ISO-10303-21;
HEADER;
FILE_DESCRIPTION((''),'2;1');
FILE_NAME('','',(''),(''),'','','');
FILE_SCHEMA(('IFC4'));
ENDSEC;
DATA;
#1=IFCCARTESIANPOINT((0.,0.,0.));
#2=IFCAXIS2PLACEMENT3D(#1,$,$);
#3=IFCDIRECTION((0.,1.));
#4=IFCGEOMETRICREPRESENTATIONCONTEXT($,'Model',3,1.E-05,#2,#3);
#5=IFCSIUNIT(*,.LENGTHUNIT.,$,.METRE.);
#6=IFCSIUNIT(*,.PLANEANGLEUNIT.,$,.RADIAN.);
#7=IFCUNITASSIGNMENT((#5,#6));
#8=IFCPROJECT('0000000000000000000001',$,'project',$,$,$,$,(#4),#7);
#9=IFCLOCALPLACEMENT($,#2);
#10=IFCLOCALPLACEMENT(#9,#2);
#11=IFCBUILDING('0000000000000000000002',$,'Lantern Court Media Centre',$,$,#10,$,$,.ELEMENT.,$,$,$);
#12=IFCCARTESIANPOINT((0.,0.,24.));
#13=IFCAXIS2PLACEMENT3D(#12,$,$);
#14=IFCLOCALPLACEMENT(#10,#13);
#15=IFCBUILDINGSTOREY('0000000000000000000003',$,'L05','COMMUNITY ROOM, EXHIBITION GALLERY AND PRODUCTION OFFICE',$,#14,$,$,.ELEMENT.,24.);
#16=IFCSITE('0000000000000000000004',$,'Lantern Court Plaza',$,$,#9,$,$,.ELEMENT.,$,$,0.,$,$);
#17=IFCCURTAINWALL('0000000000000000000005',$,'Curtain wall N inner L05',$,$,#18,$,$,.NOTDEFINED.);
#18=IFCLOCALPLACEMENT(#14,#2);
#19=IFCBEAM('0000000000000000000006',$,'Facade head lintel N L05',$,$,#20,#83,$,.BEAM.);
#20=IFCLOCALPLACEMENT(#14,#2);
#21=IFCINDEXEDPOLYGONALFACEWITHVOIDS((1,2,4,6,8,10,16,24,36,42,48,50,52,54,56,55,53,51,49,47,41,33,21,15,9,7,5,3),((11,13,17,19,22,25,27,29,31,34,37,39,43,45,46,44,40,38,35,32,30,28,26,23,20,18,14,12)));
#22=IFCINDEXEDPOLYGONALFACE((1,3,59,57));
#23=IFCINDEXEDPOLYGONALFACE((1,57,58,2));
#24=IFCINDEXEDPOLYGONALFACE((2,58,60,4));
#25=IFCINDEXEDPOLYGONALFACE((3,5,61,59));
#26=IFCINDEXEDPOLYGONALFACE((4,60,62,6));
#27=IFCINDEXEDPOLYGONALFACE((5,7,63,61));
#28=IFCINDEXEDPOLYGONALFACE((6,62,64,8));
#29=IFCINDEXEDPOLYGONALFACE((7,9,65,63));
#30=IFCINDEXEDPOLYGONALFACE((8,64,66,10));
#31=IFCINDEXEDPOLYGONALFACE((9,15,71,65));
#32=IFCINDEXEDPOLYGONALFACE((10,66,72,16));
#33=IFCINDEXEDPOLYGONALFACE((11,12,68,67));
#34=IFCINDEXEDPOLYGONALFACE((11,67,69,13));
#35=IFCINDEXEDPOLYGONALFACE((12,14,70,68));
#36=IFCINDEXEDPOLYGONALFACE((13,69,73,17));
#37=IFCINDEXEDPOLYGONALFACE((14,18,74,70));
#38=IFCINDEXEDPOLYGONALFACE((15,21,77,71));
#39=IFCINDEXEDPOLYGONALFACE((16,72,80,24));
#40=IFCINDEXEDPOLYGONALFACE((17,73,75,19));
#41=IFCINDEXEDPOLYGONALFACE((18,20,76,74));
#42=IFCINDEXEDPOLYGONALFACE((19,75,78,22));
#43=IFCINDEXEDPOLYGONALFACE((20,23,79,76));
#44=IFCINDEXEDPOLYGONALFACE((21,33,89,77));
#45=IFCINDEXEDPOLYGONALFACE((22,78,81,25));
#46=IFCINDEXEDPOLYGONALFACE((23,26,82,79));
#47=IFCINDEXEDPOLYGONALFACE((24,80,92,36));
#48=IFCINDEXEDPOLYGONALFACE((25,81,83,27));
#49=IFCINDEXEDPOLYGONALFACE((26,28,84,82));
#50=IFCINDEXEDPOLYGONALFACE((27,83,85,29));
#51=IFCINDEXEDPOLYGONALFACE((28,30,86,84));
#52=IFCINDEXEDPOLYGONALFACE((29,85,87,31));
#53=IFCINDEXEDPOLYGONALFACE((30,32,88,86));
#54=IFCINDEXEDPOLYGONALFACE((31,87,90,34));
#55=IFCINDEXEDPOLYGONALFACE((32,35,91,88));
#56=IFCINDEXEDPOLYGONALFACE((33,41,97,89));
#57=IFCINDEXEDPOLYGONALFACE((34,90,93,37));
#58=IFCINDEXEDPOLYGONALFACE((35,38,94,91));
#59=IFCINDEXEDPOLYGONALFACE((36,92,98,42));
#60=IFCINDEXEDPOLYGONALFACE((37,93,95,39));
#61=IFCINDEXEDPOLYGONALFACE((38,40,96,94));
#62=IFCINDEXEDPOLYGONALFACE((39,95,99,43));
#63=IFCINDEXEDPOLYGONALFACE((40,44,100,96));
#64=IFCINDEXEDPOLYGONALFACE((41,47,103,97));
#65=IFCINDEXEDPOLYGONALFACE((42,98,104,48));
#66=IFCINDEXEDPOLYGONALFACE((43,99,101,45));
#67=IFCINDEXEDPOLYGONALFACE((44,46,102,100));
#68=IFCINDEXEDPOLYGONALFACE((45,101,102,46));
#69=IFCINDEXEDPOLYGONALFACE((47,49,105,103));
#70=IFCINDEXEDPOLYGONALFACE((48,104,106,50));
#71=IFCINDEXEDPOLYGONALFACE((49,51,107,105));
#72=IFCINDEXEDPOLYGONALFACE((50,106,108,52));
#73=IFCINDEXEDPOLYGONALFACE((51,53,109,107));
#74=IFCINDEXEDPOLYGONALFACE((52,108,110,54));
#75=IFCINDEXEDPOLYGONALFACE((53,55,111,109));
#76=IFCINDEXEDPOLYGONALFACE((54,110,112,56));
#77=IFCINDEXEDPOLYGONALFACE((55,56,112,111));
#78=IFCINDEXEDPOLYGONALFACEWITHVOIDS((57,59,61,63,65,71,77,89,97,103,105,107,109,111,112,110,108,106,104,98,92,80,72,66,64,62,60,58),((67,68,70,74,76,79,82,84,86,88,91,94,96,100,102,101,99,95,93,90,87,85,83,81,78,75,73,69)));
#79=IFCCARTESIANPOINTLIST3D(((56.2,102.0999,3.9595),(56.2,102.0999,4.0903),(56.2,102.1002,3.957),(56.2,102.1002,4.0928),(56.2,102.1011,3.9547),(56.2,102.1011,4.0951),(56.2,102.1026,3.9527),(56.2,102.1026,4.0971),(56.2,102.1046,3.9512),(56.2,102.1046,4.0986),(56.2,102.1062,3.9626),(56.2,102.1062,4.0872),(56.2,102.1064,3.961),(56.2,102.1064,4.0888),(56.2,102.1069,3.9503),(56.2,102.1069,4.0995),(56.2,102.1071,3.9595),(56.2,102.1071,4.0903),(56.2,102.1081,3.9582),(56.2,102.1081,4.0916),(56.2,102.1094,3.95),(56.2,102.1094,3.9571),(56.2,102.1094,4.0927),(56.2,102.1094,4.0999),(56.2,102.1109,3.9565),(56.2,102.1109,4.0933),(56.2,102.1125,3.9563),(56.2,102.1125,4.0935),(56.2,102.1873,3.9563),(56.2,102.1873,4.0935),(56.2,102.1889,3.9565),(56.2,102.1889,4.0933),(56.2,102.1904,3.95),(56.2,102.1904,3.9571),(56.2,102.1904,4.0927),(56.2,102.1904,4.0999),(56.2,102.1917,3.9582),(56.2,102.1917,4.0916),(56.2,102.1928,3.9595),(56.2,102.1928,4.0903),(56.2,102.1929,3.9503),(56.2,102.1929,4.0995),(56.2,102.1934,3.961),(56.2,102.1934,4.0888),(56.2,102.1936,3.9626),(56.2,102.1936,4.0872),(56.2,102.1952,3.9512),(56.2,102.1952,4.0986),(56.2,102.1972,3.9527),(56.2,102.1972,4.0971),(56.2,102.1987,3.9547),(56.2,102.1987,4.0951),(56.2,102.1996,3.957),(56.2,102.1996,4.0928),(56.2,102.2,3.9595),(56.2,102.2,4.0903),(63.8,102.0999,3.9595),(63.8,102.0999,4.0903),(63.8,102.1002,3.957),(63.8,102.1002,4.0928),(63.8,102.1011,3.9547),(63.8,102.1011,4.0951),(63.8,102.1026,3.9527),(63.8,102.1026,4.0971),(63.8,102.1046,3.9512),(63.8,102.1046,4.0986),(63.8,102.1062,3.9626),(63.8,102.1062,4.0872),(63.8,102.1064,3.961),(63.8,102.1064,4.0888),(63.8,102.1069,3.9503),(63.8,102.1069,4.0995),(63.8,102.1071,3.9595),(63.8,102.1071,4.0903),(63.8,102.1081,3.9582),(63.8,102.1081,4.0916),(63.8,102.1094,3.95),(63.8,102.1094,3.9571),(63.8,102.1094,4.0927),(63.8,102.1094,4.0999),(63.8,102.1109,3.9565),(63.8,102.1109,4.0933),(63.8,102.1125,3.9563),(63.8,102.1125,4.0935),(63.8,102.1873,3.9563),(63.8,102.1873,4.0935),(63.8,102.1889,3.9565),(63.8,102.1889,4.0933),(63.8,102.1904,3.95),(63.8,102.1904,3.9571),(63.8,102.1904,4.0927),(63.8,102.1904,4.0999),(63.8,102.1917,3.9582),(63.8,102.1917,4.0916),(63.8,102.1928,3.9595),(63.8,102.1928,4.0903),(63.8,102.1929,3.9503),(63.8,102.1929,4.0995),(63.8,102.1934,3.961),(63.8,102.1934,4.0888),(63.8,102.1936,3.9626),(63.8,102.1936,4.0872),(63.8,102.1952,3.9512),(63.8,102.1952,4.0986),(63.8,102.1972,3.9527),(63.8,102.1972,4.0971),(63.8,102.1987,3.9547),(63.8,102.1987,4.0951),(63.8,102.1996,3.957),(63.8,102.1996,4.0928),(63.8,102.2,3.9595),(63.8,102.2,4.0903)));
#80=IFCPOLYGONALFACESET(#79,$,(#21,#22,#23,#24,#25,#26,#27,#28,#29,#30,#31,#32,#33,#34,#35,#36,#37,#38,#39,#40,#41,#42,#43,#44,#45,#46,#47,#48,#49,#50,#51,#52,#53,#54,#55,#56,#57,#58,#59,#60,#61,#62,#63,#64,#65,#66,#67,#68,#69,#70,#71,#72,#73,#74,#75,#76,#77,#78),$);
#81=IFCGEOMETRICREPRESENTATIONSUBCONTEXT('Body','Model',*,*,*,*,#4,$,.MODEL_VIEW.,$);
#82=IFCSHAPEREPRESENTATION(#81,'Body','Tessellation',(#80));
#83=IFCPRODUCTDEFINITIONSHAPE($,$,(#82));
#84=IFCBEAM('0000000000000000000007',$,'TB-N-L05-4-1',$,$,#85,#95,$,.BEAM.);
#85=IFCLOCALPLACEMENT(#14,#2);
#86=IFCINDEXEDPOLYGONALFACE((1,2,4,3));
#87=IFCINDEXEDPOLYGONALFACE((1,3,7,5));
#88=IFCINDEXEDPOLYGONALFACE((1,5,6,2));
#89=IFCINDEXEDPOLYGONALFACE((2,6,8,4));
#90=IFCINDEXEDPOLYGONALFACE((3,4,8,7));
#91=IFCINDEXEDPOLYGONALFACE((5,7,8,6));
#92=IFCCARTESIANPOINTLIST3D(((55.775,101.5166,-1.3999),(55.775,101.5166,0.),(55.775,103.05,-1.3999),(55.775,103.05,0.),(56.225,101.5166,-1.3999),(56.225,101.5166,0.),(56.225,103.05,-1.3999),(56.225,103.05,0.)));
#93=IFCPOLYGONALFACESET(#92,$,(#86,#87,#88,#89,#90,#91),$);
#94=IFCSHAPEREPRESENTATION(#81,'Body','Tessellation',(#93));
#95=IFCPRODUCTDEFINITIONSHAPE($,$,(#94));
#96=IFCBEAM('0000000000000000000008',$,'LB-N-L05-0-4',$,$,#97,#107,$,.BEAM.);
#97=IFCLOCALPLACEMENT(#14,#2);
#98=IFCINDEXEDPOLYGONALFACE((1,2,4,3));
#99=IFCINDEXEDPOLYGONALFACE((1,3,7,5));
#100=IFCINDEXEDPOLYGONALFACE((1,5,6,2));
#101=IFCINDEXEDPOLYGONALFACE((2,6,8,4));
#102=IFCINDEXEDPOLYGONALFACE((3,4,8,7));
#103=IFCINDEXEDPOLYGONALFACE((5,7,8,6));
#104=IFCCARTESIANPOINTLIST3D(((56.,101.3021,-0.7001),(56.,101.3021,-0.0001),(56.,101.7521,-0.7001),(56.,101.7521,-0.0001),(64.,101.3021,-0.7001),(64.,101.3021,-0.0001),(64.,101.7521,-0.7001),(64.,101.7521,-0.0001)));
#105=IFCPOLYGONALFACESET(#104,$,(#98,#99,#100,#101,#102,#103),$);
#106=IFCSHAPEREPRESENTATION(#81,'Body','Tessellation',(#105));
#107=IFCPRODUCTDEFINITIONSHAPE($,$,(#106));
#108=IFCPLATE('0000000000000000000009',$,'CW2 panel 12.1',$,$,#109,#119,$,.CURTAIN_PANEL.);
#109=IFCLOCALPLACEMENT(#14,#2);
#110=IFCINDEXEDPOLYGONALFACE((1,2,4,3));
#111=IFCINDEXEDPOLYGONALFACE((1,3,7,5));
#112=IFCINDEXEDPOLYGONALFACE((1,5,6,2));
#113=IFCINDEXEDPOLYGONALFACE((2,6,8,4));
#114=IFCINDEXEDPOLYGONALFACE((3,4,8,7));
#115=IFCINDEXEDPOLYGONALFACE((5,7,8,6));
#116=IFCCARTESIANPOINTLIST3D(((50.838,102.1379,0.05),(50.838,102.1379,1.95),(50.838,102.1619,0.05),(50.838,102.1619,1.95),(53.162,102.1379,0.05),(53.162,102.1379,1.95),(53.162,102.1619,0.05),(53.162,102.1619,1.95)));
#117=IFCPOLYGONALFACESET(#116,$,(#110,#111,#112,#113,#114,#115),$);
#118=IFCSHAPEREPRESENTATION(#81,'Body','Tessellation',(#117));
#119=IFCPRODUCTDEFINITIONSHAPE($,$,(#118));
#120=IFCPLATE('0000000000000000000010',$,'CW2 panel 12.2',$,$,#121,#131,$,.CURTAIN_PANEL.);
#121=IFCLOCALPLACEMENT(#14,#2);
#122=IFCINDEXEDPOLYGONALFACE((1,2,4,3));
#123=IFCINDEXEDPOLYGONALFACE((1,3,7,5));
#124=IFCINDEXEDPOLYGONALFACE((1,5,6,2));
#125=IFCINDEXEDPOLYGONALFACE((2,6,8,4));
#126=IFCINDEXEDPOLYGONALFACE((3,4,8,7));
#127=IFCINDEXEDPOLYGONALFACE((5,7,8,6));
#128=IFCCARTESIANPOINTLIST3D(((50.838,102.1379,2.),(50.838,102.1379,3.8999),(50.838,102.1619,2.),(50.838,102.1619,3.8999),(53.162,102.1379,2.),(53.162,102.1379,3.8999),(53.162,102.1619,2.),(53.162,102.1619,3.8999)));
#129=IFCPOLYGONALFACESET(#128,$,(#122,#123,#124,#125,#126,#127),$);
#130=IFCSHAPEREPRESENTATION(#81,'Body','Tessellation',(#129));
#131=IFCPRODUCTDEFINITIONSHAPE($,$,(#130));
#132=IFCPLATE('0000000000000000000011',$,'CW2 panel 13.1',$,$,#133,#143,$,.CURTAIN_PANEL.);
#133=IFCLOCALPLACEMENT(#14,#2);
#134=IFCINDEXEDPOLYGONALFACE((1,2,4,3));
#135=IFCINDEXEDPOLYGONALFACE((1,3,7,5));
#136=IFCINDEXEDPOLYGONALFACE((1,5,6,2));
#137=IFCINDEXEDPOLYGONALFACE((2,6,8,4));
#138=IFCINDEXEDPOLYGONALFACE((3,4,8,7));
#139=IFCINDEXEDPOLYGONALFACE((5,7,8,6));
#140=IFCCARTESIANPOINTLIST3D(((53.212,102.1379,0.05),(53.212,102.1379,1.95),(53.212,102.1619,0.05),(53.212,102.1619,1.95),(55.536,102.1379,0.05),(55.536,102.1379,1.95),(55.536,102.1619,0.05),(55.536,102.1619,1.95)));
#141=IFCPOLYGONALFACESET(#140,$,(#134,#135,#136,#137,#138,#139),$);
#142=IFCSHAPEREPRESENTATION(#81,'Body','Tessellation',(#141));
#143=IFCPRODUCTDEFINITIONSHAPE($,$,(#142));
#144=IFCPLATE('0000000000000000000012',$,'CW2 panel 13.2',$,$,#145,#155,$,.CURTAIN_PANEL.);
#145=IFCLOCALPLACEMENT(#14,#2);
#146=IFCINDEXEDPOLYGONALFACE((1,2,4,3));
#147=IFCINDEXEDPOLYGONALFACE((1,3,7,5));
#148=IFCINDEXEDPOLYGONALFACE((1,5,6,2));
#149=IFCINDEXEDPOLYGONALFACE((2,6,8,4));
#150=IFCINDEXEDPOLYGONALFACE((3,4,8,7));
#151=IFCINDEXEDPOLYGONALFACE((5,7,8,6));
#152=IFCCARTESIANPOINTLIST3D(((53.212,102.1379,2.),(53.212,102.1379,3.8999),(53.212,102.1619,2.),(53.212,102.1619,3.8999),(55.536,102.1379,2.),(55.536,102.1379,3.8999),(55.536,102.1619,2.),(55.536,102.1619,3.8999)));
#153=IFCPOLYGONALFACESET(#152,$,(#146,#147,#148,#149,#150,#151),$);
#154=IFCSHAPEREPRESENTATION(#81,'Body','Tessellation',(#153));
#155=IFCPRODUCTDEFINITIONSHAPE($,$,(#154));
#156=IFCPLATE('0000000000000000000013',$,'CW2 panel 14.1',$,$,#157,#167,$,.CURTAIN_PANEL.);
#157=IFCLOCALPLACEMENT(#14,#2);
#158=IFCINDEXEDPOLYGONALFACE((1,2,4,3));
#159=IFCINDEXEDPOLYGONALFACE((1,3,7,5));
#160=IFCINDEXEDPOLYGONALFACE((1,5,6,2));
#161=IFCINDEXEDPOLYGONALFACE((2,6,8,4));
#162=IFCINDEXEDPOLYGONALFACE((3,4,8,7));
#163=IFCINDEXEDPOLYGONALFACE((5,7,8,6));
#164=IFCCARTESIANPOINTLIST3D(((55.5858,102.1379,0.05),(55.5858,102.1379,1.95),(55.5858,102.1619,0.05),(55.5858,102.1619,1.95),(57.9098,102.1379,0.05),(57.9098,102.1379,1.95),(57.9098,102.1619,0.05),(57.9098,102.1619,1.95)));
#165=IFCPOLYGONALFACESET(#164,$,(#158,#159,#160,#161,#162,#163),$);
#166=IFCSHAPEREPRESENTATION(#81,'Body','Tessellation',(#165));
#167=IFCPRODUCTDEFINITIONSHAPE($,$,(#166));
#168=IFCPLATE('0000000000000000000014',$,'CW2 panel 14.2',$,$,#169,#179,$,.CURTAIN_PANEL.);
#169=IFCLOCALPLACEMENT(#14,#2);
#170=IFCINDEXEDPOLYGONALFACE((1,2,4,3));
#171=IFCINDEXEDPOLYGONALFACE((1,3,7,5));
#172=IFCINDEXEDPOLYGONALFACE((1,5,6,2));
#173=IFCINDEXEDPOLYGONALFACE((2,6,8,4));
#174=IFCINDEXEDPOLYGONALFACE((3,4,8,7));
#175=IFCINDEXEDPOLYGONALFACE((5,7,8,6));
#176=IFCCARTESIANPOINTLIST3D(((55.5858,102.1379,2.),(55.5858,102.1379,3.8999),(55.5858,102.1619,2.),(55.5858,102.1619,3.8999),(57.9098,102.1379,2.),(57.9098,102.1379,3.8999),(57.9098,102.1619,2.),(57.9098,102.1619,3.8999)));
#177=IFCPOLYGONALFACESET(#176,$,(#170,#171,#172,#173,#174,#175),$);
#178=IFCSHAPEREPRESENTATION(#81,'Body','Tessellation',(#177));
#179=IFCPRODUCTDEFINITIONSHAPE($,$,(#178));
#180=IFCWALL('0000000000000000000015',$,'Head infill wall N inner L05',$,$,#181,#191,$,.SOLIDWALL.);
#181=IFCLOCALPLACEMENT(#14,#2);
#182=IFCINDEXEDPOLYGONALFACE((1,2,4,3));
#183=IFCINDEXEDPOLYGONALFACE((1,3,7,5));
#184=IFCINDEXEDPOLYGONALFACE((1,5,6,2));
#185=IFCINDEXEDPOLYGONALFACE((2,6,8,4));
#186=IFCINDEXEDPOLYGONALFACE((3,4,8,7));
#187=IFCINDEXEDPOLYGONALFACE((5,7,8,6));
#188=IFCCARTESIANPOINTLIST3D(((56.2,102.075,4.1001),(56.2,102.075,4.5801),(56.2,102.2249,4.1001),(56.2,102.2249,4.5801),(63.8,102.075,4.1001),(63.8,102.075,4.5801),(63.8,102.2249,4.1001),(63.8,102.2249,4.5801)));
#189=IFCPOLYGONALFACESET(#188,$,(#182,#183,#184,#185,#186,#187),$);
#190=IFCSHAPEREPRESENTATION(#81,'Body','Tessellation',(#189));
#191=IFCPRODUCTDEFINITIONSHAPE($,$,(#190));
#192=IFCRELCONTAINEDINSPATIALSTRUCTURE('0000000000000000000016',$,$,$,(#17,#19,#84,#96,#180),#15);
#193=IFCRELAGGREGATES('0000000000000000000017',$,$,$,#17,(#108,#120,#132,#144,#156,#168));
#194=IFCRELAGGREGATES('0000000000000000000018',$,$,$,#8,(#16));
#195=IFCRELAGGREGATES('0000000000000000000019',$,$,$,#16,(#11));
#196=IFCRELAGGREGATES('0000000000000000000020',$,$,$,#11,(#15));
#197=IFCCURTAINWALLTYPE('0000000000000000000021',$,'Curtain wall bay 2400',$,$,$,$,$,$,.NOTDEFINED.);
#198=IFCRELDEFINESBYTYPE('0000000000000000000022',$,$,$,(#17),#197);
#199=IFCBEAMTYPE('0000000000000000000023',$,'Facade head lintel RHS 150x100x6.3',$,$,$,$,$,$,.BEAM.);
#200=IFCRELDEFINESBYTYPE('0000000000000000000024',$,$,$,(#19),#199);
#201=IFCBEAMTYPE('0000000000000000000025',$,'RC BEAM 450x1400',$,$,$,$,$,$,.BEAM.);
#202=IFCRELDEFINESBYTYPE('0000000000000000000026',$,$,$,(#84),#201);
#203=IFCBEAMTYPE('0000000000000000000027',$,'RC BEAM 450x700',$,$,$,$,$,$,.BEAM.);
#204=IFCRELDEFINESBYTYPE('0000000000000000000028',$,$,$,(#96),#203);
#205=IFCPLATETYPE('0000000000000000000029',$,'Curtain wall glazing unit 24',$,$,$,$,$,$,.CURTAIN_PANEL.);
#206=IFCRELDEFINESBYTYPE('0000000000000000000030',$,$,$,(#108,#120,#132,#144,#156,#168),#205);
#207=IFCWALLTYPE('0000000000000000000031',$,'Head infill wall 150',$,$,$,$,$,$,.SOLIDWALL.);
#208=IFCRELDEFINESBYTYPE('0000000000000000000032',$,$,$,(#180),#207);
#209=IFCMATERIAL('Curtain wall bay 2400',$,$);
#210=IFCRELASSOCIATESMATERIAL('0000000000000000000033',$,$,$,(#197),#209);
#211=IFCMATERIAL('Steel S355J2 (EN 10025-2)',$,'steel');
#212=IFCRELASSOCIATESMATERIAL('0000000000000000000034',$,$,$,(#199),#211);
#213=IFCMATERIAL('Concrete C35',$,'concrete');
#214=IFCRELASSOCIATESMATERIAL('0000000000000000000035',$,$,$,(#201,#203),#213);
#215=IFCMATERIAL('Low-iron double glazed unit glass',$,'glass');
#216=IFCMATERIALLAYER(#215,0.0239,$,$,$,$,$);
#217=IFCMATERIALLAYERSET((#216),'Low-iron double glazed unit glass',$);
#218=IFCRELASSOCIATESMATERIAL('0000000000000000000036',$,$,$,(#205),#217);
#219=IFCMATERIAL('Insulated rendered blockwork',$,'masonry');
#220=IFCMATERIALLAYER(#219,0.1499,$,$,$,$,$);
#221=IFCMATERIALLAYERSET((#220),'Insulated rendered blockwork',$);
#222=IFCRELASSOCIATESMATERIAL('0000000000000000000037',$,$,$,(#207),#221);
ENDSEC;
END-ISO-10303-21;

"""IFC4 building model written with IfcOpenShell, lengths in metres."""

from ifc_helpers import new_model, si_unit, direction, frame, frame_2d, origin, origin_2d, place, context, subcontext, project, spatial, rectangle, hollow_rectangle, extrude, material, layer, layer_set, material_profile, profile_set, type_object, element, aggregate, save


model = new_model("IFC4")

# Units and contexts
model_context = context("Model", 3, precision=1e-05, world=origin(), true_north=direction((0.0, 1.0)))
body_context = subcontext(model_context, "Body", "Model", "MODEL_VIEW")
ifc_project = project(units=[si_unit("LENGTHUNIT", "METRE"), si_unit("PLANEANGLEUNIT", "RADIAN")], contexts=[model_context])

# Site, building, storey
site_placement = place(None, origin())
site = spatial("IfcSite", under=ifc_project, at=site_placement, Name="Lantern Court Plaza", CompositionType="ELEMENT", RefElevation=0.0)
building_placement = place(site_placement, origin())
building = spatial("IfcBuilding", under=site, at=building_placement, Name="Lantern Court Media Centre", CompositionType="ELEMENT")
storey_placement = place(building_placement, frame((0.0, 0.0, 24.0)))
storey = spatial("IfcBuildingStorey", under=building, at=storey_placement, Name="L05", Description="COMMUNITY ROOM, EXHIBITION GALLERY AND PRODUCTION OFFICE", CompositionType="ELEMENT", Elevation=24.0)

# Shared definitions
ifc_material_1 = material(Name="Concrete C35", Category="concrete")

# Curtain wall
ifc_material_2 = material(Name="Curtain wall bay 2400")
curtain_wall_type = type_object("IfcCurtainWallType", Name="Curtain wall bay 2400", PredefinedType="NOTDEFINED", material=ifc_material_2)
curtain_wall_placement = place(storey_placement, origin())
curtain_wall = element("IfcCurtainWall", 1, at=curtain_wall_placement, inside=storey, type_object=curtain_wall_type, Name="Curtain wall N inner L05", PredefinedType="NOTDEFINED")

# Beams
ifc_material_3 = material(Name="Steel S355J2 (EN 10025-2)", Category="steel")
ifc_material_profile_1 = material_profile(ifc_material_3, hollow_rectangle(XDim=0.1001, YDim=0.1499, WallThickness=0.0063, InnerFilletRadius=0.0063, OuterFilletRadius=0.0095, at=origin_2d()), Name="Facade head lintel RHS 150x100x6.3")
ifc_profile_set_1 = profile_set([ifc_material_profile_1], Name="Steel S355J2 (EN 10025-2)")
beam_type_1 = type_object("IfcBeamType", Name="Facade head lintel RHS 150x100x6.3", PredefinedType="BEAM", material=ifc_profile_set_1)
beam_1_placement = place(storey_placement, frame((56.2, 102.1499, 4.0249), z_axis=(1.0, 0.0, 0.0), x_axis=(0.0, 1.0, 0.0)))
element("IfcBeam", 2, at=beam_1_placement, inside=storey, type_object=beam_type_1, Name="Facade head lintel N L05", PredefinedType="BEAM", context=body_context, shape_type="SweptSolid", body=[
    extrude(hollow_rectangle(XDim=0.1001, YDim=0.1499, WallThickness=0.0063, InnerFilletRadius=0.0063, OuterFilletRadius=0.0095, at=origin_2d()), origin(), (0.0, 0.0, 1.0), 7.6001),
])
ifc_material_profile_2 = material_profile(ifc_material_1, rectangle(XDim=0.45, YDim=1.3999, at=origin_2d()), Name="RC 450x1400")
ifc_profile_set_2 = profile_set([ifc_material_profile_2], Name="Concrete C35")
beam_type_2 = type_object("IfcBeamType", Name="RC BEAM 450x1400", PredefinedType="BEAM", material=ifc_profile_set_2)
beam_2_placement = place(storey_placement, frame((56.0, 101.5166, -0.7), z_axis=(0.0, 1.0, 0.0), x_axis=(-1.0, 0.0, 0.0)))
element("IfcBeam", 3, at=beam_2_placement, inside=storey, type_object=beam_type_2, Name="TB-N-L05-4-1", PredefinedType="BEAM", context=body_context, shape_type="SweptSolid", body=[
    extrude(rectangle(XDim=0.45, YDim=1.3999, at=origin_2d()), origin(), (0.0, 0.0, 1.0), 1.5334),
])
ifc_material_profile_3 = material_profile(ifc_material_1, rectangle(XDim=0.45, YDim=0.7, at=origin_2d()), Name="RC 450x700")
ifc_profile_set_3 = profile_set([ifc_material_profile_3], Name="Concrete C35")
beam_type_3 = type_object("IfcBeamType", Name="RC BEAM 450x700", PredefinedType="BEAM", material=ifc_profile_set_3)
beam_3_placement = place(storey_placement, frame((56.0, 101.5271, -0.3501), z_axis=(1.0, 0.0, 0.0), x_axis=(0.0, 1.0, 0.0)))
element("IfcBeam", 4, at=beam_3_placement, inside=storey, type_object=beam_type_3, Name="LB-N-L05-0-4", PredefinedType="BEAM", context=body_context, shape_type="SweptSolid", body=[
    extrude(rectangle(XDim=0.45, YDim=0.7, at=origin_2d()), origin(), (0.0, 0.0, 1.0), 8.0),
])

# Plates
ifc_material_4 = material(Name="Low-iron double glazed unit glass", Category="glass")
ifc_layer_1 = layer(ifc_material_4, 0.0239)
ifc_layer_set_1 = layer_set([ifc_layer_1], Name="Low-iron double glazed unit glass")
plate_type = type_object("IfcPlateType", Name="Curtain wall glazing unit 24", PredefinedType="CURTAIN_PANEL", material=ifc_layer_set_1)
plate_1_placement = place(storey_placement, frame((52.0, 102.1499, 0.05), z_axis=(0.0, 0.0, 1.0), x_axis=(1.0, 0.0, 0.0)))
plate_1 = element("IfcPlate", 5, at=plate_1_placement, type_object=plate_type, Name="CW2 panel 12.1", PredefinedType="CURTAIN_PANEL", context=body_context, shape_type="SweptSolid", body=[
    extrude(rectangle(XDim=2.324, YDim=0.0239, at=origin_2d()), origin(), (0.0, 0.0, 1.0), 1.8999),
])
plate_2_placement = place(storey_placement, frame((52.0, 102.1499, 2.0), z_axis=(0.0, 0.0, 1.0), x_axis=(1.0, 0.0, 0.0)))
plate_2 = element("IfcPlate", 6, at=plate_2_placement, type_object=plate_type, Name="CW2 panel 12.2", PredefinedType="CURTAIN_PANEL", context=body_context, shape_type="SweptSolid", body=[
    extrude(rectangle(XDim=2.324, YDim=0.0239, at=origin_2d()), origin(), (0.0, 0.0, 1.0), 1.8999),
])
plate_3_placement = place(storey_placement, frame((54.374, 102.1499, 0.05), z_axis=(0.0, 0.0, 1.0), x_axis=(1.0, 0.0, 0.0)))
plate_3 = element("IfcPlate", 7, at=plate_3_placement, type_object=plate_type, Name="CW2 panel 13.1", PredefinedType="CURTAIN_PANEL", context=body_context, shape_type="SweptSolid", body=[
    extrude(rectangle(XDim=2.324, YDim=0.0239, at=origin_2d()), origin(), (0.0, 0.0, 1.0), 1.8999),
])
plate_4_placement = place(storey_placement, frame((54.374, 102.1499, 2.0), z_axis=(0.0, 0.0, 1.0), x_axis=(1.0, 0.0, 0.0)))
plate_4 = element("IfcPlate", 8, at=plate_4_placement, type_object=plate_type, Name="CW2 panel 13.2", PredefinedType="CURTAIN_PANEL", context=body_context, shape_type="SweptSolid", body=[
    extrude(rectangle(XDim=2.324, YDim=0.0239, at=origin_2d()), origin(), (0.0, 0.0, 1.0), 1.8999),
])
plate_5_placement = place(storey_placement, frame((56.7478, 102.1499, 0.05), z_axis=(0.0, 0.0, 1.0), x_axis=(1.0, 0.0, 0.0)))
plate_5 = element("IfcPlate", 9, at=plate_5_placement, type_object=plate_type, Name="CW2 panel 14.1", PredefinedType="CURTAIN_PANEL", context=body_context, shape_type="SweptSolid", body=[
    extrude(rectangle(XDim=2.324, YDim=0.0239, at=origin_2d()), origin(), (0.0, 0.0, 1.0), 1.8999),
])
plate_6_placement = place(storey_placement, frame((56.7478, 102.1499, 2.0), z_axis=(0.0, 0.0, 1.0), x_axis=(1.0, 0.0, 0.0)))
plate_6 = element("IfcPlate", 10, at=plate_6_placement, type_object=plate_type, Name="CW2 panel 14.2", PredefinedType="CURTAIN_PANEL", context=body_context, shape_type="SweptSolid", body=[
    extrude(rectangle(XDim=2.324, YDim=0.0239, at=origin_2d()), origin(), (0.0, 0.0, 1.0), 1.8999),
])
aggregate(curtain_wall, [plate_1, plate_2, plate_3, plate_4, plate_5, plate_6])

# Wall
ifc_material_5 = material(Name="Insulated rendered blockwork", Category="masonry")
ifc_layer_2 = layer(ifc_material_5, 0.1499)
ifc_layer_set_2 = layer_set([ifc_layer_2], Name="Insulated rendered blockwork")
wall_type = type_object("IfcWallType", Name="Head infill wall 150", PredefinedType="SOLIDWALL", material=ifc_layer_set_2)
wall_placement = place(storey_placement, frame((56.2, 102.1499, 4.1001), z_axis=(0.0, 0.0, 1.0), x_axis=(1.0, 0.0, 0.0)))
element("IfcWall", 11, at=wall_placement, inside=storey, type_object=wall_type, Name="Head infill wall N inner L05", PredefinedType="SOLIDWALL", context=body_context, shape_type="SweptSolid", body=[
    extrude(rectangle(XDim=7.6001, YDim=0.1499, at=frame_2d((3.8, 0.0))), origin(), (0.0, 0.0, 1.0), 0.48),
])

save(model, "model.ifc")
